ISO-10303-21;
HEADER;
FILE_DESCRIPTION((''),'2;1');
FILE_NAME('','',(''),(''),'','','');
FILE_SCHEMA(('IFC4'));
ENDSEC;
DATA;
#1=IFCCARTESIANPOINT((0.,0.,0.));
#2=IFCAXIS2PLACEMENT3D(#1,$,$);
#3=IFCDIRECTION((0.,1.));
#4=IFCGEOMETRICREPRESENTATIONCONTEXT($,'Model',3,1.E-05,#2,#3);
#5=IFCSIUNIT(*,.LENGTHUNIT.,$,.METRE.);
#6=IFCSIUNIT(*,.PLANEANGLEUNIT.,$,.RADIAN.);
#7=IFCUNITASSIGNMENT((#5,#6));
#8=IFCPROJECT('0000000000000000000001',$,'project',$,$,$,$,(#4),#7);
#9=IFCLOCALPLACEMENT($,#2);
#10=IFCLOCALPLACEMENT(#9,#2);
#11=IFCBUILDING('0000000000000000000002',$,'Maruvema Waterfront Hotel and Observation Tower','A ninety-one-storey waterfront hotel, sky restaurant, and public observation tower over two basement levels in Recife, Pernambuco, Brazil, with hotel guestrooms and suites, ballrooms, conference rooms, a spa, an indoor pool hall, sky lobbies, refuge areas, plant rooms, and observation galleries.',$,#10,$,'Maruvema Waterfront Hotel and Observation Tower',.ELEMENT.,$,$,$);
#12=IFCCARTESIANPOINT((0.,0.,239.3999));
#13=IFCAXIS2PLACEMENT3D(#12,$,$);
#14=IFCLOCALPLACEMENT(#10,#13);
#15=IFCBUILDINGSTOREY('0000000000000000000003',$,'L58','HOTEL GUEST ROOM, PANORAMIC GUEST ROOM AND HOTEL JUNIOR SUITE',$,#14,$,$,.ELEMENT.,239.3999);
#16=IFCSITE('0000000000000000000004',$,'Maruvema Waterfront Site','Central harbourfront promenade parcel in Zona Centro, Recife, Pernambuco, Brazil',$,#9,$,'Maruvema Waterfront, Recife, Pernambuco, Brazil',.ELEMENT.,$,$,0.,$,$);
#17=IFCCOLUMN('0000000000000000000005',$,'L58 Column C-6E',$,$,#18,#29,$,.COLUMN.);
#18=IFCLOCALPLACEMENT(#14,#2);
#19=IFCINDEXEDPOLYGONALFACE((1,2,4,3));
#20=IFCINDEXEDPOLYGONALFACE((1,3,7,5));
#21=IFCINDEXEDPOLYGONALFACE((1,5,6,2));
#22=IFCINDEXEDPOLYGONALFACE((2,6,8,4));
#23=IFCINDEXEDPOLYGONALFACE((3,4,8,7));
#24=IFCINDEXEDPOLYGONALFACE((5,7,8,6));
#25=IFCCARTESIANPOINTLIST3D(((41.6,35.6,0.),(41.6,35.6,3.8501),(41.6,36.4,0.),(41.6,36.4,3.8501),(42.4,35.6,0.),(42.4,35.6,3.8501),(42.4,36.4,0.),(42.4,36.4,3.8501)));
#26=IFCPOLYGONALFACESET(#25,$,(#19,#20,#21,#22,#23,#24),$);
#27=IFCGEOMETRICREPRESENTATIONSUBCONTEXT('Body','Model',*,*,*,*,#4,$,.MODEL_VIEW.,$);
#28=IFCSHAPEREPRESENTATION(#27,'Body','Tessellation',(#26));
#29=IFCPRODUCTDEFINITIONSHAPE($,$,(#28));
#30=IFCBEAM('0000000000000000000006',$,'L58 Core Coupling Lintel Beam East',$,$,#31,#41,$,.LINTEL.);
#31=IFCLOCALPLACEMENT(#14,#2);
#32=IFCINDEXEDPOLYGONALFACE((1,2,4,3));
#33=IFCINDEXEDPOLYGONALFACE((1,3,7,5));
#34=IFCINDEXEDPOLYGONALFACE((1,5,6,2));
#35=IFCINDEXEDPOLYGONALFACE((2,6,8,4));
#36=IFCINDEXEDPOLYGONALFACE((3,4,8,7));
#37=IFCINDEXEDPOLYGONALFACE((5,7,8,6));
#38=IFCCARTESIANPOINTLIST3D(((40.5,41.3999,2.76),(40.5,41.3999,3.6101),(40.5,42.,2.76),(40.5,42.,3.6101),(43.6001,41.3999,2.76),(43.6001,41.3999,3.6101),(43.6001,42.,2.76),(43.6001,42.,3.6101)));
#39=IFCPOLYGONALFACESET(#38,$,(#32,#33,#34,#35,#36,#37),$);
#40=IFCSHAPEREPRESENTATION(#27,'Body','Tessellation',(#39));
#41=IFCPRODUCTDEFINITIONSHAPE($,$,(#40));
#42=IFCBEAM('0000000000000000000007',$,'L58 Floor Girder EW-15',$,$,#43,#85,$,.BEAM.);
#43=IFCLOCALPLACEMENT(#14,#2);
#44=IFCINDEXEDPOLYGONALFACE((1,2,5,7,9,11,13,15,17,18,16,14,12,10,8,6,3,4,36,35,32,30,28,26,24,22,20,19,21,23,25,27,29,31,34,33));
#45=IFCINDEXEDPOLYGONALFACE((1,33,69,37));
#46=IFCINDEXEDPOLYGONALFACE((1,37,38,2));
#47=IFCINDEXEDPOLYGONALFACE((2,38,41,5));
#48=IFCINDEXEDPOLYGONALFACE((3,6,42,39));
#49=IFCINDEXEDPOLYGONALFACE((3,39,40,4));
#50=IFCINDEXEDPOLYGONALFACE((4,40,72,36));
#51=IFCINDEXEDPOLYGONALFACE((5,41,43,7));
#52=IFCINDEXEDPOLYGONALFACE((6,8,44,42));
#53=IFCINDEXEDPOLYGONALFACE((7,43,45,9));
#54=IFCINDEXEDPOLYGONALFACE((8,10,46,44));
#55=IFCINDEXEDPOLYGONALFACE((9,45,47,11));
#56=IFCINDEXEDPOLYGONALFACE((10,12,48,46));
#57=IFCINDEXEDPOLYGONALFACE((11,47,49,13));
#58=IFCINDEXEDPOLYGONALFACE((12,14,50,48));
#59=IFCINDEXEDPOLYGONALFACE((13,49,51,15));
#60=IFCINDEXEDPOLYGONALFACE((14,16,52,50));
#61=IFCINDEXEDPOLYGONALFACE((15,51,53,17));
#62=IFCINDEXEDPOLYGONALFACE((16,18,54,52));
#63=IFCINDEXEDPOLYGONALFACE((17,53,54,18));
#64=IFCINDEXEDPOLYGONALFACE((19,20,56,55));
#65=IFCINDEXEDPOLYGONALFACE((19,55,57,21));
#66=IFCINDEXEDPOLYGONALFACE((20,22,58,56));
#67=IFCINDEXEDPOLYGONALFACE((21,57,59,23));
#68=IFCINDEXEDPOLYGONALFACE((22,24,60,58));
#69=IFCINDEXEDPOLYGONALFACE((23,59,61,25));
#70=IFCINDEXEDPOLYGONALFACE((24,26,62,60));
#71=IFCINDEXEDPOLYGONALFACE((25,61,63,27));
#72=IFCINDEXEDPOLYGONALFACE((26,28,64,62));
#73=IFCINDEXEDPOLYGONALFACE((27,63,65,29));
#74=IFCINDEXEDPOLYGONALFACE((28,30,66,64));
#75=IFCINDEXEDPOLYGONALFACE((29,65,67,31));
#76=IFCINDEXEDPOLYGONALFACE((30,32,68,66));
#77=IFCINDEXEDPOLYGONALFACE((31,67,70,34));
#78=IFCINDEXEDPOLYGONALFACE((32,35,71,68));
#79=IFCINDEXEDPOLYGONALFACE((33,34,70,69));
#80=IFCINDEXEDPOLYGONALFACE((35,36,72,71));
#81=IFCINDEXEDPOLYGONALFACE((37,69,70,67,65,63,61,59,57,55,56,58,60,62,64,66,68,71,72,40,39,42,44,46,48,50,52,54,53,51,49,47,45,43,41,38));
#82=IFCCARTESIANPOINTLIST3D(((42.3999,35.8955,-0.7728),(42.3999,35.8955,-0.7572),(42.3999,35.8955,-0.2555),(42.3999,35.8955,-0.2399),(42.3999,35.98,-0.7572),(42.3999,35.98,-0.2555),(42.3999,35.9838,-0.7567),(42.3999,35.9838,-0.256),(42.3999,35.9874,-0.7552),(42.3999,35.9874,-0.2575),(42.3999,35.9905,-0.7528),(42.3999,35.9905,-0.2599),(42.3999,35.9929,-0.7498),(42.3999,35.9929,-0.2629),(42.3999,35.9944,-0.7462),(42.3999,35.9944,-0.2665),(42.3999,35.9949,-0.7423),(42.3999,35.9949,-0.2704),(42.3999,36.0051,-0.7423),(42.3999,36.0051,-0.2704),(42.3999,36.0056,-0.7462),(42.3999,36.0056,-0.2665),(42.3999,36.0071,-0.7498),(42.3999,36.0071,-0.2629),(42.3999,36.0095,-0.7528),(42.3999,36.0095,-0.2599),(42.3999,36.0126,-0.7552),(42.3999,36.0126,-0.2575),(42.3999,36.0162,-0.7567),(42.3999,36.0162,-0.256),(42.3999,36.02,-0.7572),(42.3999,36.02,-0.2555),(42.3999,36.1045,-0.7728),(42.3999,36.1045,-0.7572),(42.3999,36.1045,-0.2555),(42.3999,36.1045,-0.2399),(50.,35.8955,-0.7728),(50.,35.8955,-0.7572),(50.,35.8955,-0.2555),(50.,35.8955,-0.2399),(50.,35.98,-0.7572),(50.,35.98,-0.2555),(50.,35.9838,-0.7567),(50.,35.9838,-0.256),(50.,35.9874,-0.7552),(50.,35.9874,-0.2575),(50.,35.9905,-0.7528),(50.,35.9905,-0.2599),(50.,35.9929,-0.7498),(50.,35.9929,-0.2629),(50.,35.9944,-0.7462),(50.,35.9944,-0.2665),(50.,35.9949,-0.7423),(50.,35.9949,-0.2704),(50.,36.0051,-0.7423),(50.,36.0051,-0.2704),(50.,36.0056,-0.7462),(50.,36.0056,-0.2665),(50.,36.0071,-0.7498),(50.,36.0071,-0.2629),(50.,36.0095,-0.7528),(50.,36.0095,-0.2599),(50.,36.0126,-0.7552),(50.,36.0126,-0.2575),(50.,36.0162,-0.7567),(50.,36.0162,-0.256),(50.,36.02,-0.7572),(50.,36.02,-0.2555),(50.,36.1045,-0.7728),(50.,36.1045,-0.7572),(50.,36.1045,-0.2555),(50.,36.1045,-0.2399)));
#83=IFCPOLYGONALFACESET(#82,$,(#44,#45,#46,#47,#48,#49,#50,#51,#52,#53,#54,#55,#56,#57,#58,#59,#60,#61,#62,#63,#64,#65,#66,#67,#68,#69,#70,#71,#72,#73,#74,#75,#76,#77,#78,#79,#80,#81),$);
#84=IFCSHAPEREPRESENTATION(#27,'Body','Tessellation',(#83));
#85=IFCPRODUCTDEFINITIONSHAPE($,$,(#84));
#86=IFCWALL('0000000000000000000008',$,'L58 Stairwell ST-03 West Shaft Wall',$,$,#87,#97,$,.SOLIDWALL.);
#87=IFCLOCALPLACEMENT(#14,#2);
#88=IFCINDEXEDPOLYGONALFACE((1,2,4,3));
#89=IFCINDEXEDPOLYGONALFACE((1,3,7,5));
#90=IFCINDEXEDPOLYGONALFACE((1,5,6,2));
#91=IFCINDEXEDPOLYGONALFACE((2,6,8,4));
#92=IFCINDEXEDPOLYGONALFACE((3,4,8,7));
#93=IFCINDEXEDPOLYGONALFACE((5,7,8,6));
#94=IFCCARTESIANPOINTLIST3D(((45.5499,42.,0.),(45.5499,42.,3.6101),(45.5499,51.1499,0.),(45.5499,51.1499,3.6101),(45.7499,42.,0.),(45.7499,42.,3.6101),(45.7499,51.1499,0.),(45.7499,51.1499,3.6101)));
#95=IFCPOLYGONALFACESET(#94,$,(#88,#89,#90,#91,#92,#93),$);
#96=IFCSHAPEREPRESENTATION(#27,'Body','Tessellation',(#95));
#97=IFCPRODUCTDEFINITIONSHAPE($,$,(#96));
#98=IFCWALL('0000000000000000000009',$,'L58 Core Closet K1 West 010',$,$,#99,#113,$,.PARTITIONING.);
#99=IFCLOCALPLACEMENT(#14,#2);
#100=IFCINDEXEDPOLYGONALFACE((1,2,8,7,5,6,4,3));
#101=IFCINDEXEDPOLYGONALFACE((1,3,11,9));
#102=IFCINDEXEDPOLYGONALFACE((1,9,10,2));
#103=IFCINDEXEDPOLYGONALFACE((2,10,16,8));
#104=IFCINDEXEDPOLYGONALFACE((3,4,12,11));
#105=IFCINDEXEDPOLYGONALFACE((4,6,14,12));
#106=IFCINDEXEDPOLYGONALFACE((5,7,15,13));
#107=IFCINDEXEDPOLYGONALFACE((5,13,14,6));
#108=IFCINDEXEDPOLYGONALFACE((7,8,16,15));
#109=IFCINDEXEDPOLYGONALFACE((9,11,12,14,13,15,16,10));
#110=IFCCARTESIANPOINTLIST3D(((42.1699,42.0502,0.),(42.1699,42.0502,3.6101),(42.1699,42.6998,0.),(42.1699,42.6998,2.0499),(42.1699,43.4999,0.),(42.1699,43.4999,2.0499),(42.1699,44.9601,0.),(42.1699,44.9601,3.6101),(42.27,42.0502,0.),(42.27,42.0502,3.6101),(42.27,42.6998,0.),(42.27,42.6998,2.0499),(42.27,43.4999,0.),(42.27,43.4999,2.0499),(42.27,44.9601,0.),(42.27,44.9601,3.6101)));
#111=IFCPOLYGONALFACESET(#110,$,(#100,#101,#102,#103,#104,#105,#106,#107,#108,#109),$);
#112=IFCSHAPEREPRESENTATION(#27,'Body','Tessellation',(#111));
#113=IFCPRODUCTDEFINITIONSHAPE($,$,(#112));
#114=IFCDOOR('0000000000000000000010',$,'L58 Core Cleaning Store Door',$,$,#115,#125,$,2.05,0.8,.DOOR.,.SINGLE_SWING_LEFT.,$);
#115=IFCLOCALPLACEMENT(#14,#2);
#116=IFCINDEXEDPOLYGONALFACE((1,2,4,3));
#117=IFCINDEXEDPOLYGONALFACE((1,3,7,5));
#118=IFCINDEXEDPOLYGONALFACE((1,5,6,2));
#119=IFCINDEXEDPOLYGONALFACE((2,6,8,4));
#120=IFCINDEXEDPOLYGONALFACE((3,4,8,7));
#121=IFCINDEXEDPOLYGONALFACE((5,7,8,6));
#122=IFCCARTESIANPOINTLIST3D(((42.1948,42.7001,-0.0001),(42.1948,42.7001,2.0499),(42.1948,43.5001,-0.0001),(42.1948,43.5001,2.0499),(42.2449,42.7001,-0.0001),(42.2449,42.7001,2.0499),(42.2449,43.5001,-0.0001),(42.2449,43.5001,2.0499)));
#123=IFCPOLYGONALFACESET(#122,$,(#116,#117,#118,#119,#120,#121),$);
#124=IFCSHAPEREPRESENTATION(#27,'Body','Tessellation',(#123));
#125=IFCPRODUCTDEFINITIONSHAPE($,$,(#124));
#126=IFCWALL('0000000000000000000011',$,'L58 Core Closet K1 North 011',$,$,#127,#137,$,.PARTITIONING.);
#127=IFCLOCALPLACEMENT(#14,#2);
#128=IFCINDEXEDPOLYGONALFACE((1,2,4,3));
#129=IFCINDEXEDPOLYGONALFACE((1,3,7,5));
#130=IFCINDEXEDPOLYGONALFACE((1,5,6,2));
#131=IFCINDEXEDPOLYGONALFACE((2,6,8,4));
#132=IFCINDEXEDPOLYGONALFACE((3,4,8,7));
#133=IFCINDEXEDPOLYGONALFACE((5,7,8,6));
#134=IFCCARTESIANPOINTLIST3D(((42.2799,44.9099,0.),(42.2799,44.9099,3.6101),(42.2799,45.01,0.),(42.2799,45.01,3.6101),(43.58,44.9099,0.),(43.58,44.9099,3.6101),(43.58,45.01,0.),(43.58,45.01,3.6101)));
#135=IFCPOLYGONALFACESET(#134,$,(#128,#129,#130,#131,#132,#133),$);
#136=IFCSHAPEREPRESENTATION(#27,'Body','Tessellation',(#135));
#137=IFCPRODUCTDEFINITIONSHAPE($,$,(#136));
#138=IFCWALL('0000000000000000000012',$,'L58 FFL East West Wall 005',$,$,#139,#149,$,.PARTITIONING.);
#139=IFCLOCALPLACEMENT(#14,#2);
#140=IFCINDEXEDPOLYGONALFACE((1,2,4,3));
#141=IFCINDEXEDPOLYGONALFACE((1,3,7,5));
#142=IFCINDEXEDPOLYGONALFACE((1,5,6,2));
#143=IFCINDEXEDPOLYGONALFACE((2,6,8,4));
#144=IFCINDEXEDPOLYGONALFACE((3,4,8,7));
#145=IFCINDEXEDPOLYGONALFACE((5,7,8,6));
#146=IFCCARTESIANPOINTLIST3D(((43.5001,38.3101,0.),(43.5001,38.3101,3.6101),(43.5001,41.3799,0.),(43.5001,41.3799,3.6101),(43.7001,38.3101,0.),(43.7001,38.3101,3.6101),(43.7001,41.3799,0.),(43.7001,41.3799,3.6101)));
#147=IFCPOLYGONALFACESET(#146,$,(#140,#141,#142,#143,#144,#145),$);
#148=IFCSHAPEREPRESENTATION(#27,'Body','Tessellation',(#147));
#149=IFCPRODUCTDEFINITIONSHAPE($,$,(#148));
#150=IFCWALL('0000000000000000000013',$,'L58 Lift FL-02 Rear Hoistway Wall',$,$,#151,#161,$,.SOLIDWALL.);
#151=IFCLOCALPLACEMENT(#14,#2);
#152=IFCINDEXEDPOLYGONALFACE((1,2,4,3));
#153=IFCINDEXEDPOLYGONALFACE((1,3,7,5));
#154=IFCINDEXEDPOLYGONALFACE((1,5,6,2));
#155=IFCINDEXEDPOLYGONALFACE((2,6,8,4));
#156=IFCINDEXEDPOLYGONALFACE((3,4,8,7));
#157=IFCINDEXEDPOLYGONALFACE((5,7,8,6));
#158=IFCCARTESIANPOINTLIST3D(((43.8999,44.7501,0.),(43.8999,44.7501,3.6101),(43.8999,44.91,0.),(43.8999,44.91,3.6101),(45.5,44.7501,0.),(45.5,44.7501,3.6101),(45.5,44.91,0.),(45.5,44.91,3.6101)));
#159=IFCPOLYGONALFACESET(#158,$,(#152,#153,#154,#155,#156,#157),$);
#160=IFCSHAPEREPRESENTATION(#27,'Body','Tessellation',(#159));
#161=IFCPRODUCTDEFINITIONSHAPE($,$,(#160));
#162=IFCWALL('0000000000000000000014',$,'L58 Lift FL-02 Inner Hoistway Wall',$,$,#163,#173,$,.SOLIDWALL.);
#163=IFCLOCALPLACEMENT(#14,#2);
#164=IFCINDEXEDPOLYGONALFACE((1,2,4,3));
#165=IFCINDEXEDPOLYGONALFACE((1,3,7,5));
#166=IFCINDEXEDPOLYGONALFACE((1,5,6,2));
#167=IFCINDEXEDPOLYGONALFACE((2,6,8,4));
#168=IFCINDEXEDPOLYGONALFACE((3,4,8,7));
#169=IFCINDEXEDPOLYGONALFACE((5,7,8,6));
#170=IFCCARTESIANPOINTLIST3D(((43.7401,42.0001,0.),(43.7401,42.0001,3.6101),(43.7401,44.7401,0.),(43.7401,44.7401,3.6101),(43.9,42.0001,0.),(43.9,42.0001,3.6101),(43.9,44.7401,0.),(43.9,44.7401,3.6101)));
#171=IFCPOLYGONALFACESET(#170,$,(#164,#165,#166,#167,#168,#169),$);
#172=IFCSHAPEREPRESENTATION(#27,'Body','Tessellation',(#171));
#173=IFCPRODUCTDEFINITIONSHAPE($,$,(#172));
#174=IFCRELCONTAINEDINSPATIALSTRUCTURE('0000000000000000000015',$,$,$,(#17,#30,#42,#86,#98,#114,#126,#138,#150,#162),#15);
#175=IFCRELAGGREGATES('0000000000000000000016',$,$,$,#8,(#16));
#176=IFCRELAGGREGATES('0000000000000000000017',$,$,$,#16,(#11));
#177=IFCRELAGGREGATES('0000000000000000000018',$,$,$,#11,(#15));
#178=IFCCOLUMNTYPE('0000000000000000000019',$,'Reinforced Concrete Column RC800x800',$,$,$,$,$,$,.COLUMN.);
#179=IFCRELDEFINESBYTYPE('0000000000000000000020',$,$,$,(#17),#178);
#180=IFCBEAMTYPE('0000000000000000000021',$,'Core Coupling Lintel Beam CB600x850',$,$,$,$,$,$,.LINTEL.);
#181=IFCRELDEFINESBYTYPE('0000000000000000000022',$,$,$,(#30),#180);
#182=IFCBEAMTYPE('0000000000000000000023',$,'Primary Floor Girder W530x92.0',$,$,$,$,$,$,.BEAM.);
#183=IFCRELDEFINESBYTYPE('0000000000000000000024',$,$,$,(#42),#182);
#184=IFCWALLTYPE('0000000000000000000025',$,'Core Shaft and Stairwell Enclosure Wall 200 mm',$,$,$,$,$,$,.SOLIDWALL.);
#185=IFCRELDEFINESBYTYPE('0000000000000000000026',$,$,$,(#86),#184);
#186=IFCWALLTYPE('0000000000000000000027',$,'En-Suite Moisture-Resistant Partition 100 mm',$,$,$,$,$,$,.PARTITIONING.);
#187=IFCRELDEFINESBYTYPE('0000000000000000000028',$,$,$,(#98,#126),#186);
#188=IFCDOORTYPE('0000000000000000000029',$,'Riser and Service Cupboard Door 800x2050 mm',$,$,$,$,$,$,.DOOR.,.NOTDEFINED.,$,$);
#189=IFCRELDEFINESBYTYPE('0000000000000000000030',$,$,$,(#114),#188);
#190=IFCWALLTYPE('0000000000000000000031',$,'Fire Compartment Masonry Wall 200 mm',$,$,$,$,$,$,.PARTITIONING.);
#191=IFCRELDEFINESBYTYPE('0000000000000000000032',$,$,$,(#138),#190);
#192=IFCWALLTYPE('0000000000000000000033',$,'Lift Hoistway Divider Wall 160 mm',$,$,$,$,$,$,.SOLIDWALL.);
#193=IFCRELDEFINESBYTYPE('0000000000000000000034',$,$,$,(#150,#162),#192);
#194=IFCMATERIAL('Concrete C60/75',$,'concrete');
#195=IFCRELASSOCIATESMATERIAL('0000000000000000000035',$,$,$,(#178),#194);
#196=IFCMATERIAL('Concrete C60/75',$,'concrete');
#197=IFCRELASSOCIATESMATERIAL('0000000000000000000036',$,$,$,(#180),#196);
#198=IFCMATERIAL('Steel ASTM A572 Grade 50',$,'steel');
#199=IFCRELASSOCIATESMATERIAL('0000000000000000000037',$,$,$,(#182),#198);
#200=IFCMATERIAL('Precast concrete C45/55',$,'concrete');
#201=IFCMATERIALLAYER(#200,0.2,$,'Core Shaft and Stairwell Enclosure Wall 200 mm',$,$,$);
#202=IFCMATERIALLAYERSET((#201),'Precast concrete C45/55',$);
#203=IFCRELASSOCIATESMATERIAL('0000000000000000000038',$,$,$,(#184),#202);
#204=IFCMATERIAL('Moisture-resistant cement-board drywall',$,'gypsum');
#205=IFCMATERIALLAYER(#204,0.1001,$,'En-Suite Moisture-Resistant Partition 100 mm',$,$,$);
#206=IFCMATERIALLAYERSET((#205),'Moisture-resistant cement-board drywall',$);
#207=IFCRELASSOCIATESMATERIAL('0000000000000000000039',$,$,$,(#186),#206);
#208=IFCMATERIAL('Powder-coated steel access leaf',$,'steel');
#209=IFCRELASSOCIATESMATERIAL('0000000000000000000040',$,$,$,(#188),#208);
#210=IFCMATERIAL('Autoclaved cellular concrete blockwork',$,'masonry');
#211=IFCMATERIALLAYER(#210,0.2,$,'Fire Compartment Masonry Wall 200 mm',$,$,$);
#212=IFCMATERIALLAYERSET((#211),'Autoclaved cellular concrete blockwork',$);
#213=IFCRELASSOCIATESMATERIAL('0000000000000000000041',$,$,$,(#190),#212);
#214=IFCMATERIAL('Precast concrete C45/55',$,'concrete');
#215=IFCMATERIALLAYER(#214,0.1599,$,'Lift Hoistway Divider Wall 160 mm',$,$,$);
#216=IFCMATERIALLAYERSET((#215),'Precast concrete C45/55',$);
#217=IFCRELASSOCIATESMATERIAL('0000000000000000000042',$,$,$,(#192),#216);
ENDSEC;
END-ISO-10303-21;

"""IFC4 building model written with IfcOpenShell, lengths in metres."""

from ifc_helpers import new_model, si_unit, direction, frame, frame_2d, origin, origin_2d, place, context, subcontext, project, spatial, rectangle, i_section, extrude, material, layer, layer_set, material_profile, profile_set, type_object, element, fill, save


model = new_model("IFC4")

# Units and contexts
model_context = context("Model", 3, precision=1e-05, world=origin(), true_north=direction((0.0, 1.0)))
body_context = subcontext(model_context, "Body", "Model", "MODEL_VIEW")
ifc_project = project(units=[si_unit("LENGTHUNIT", "METRE"), si_unit("PLANEANGLEUNIT", "RADIAN")], contexts=[model_context])

# Site, building, storey
site_placement = place(None, origin())
site = spatial("IfcSite", under=ifc_project, at=site_placement, Name="Maruvema Waterfront Site", Description="Central harbourfront promenade parcel in Zona Centro, Recife, Pernambuco, Brazil", LongName="Maruvema Waterfront, Recife, Pernambuco, Brazil", CompositionType="ELEMENT", RefElevation=0.0)
building_placement = place(site_placement, origin())
building = spatial("IfcBuilding", under=site, at=building_placement, Name="Maruvema Waterfront Hotel and Observation Tower", Description="A ninety-one-storey waterfront hotel, sky restaurant, and public observation tower over two basement levels in Recife, Pernambuco, Brazil, with hotel guestrooms and suites, ballrooms, conference rooms, a spa, an indoor pool hall, sky lobbies, refuge areas, plant rooms, and observation galleries.", LongName="Maruvema Waterfront Hotel and Observation Tower", CompositionType="ELEMENT")
storey_placement = place(building_placement, frame((0.0, 0.0, 239.3999)))
storey = spatial("IfcBuildingStorey", under=building, at=storey_placement, Name="L58", Description="HOTEL GUEST ROOM, PANORAMIC GUEST ROOM AND HOTEL JUNIOR SUITE", CompositionType="ELEMENT", Elevation=239.3999)

# Column
ifc_material_1 = material(Name="Concrete C60/75", Category="concrete")
ifc_material_profile_1 = material_profile(ifc_material_1, rectangle(XDim=0.8, YDim=0.8, at=origin_2d()), Name="RC800x800")
ifc_profile_set_1 = profile_set([ifc_material_profile_1], Name="Concrete C60/75")
column_type = type_object("IfcColumnType", Name="Reinforced Concrete Column RC800x800", PredefinedType="COLUMN", material=ifc_profile_set_1)
column_placement = place(storey_placement, frame((42.0, 36.0, 0.0), z_axis=(0.0, 0.0, 1.0), x_axis=(1.0, 0.0, 0.0)))
element("IfcColumn", 1, at=column_placement, inside=storey, type_object=column_type, Name="L58 Column C-6E", PredefinedType="COLUMN", context=body_context, shape_type="SweptSolid", body=[
    extrude(rectangle(XDim=0.8, YDim=0.8, at=origin_2d()), origin(), (0.0, 0.0, 1.0), 3.8501),
])

# Beams
ifc_material_2 = material(Name="Concrete C60/75", Category="concrete")
ifc_material_profile_2 = material_profile(ifc_material_2, rectangle(XDim=0.6001, YDim=0.8501, at=origin_2d()), Name="CB600x850")
ifc_profile_set_2 = profile_set([ifc_material_profile_2], Name="Concrete C60/75")
beam_type_1 = type_object("IfcBeamType", Name="Core Coupling Lintel Beam CB600x850", PredefinedType="LINTEL", material=ifc_profile_set_2)
beam_1_placement = place(storey_placement, frame((40.5, 41.7, 3.1851), z_axis=(1.0, 0.0, 0.0), x_axis=(0.0, 1.0, 0.0)))
element("IfcBeam", 2, at=beam_1_placement, inside=storey, type_object=beam_type_1, Name="L58 Core Coupling Lintel Beam East", PredefinedType="LINTEL", context=body_context, shape_type="SweptSolid", body=[
    extrude(rectangle(XDim=0.6001, YDim=0.8501, at=origin_2d()), origin(), (0.0, 0.0, 1.0), 3.1001),
])
ifc_material_3 = material(Name="Steel ASTM A572 Grade 50", Category="steel")
ifc_material_profile_3 = material_profile(ifc_material_3, i_section(OverallWidth=0.209, OverallDepth=0.533, WebThickness=0.0103, FlangeThickness=0.0156, FilletRadius=0.0149, at=origin_2d()), Name="W530x92.0")
ifc_profile_set_3 = profile_set([ifc_material_profile_3], Name="Steel ASTM A572 Grade 50")
beam_type_2 = type_object("IfcBeamType", Name="Primary Floor Girder W530x92.0", PredefinedType="BEAM", material=ifc_profile_set_3)
beam_2_placement = place(storey_placement, frame((42.3999, 36.0, -0.5063), z_axis=(1.0, 0.0, 0.0), x_axis=(0.0, 1.0, 0.0)))
element("IfcBeam", 3, at=beam_2_placement, inside=storey, type_object=beam_type_2, Name="L58 Floor Girder EW-15", PredefinedType="BEAM", context=body_context, shape_type="SweptSolid", body=[
    extrude(i_section(OverallWidth=0.209, OverallDepth=0.533, WebThickness=0.0103, FlangeThickness=0.0156, FilletRadius=0.0149, at=origin_2d()), origin(), (0.0, 0.0, 1.0), 7.6001),
])

# Wall
ifc_material_4 = material(Name="Precast concrete C45/55", Category="concrete")
ifc_layer_1 = layer(ifc_material_4, 0.2, Name="Core Shaft and Stairwell Enclosure Wall 200 mm")
ifc_layer_set_1 = layer_set([ifc_layer_1], Name="Precast concrete C45/55")
wall_type_1 = type_object("IfcWallType", Name="Core Shaft and Stairwell Enclosure Wall 200 mm", PredefinedType="SOLIDWALL", material=ifc_layer_set_1)
wall_1_placement = place(storey_placement, frame((45.6499, 42.0, 0.0), z_axis=(0.0, 0.0, 1.0), x_axis=(0.0, 1.0, 0.0)))
element("IfcWall", 4, at=wall_1_placement, inside=storey, type_object=wall_type_1, Name="L58 Stairwell ST-03 West Shaft Wall", PredefinedType="SOLIDWALL", context=body_context, shape_type="SweptSolid", body=[
    extrude(rectangle(XDim=9.1499, YDim=0.2, at=frame_2d((4.575, 0.0))), origin(), (0.0, 0.0, 1.0), 3.6101),
])

# Wall, opening, door
ifc_material_5 = material(Name="Moisture-resistant cement-board drywall", Category="gypsum")
ifc_layer_2 = layer(ifc_material_5, 0.1001, Name="En-Suite Moisture-Resistant Partition 100 mm")
ifc_layer_set_2 = layer_set([ifc_layer_2], Name="Moisture-resistant cement-board drywall")
wall_type_2 = type_object("IfcWallType", Name="En-Suite Moisture-Resistant Partition 100 mm", PredefinedType="PARTITIONING", material=ifc_layer_set_2)
wall_2_placement = place(storey_placement, frame((42.22, 42.05, 0.0), z_axis=(0.0, 0.0, 1.0), x_axis=(0.0, 1.0, 0.0)))
wall_2 = element("IfcWall", 5, at=wall_2_placement, inside=storey, type_object=wall_type_2, Name="L58 Core Closet K1 West 010", PredefinedType="PARTITIONING", context=body_context, shape_type="SweptSolid", body=[
    extrude(rectangle(XDim=2.9099, YDim=0.1001, at=frame_2d((1.4551, 0.0))), origin(), (0.0, 0.0, 1.0), 3.6101),
])
opening_1_placement = place(wall_2_placement, frame((0.6499, 0.0, 0.0)))
opening_1 = element("IfcOpeningElement", 6, at=opening_1_placement, cuts=wall_2, PredefinedType="OPENING", context=body_context, shape_type="SweptSolid", body=[
    extrude(rectangle(XDim=0.8, YDim=2.05, at=frame_2d((0.3999, 1.0249))), frame((0.0, 0.0601, 0.0), z_axis=(0.0, -1.0, 0.0), x_axis=(1.0, 0.0, 0.0)), (0.0, 0.0, 1.0), 0.1201),
])
ifc_material_6 = material(Name="Powder-coated steel access leaf", Category="steel")
door_type_1 = type_object("IfcDoorType", Name="Riser and Service Cupboard Door 800x2050 mm", OperationType="NOTDEFINED", PredefinedType="DOOR", material=ifc_material_6)
door_1_placement = place(opening_1_placement, frame((0.8, 0.0, 0.0), z_axis=(0.0, 0.0, 1.0), x_axis=(-1.0, 0.0, 0.0)))
door_1 = element("IfcDoor", 7, at=door_1_placement, inside=storey, type_object=door_type_1, Name="L58 Core Cleaning Store Door", OperationType="SINGLE_SWING_LEFT", OverallHeight=2.05, OverallWidth=0.8, PredefinedType="DOOR", context=body_context, shape_type="SweptSolid", body=[
    extrude(rectangle(XDim=0.8, YDim=2.05, at=frame_2d((0.3999, 1.0249))), frame((0.0, 0.0249, 0.0), z_axis=(0.0, -1.0, 0.0), x_axis=(1.0, 0.0, 0.0)), (0.0, 0.0, 1.0), 0.05),
])
fill(opening_1, door_1)

# Wall
wall_3_placement = place(storey_placement, frame((42.28, 44.96, 0.0), z_axis=(0.0, 0.0, 1.0), x_axis=(1.0, 0.0, 0.0)))
element("IfcWall", 8, at=wall_3_placement, inside=storey, type_object=wall_type_2, Name="L58 Core Closet K1 North 011", PredefinedType="PARTITIONING", context=body_context, shape_type="SweptSolid", body=[
    extrude(rectangle(XDim=1.3, YDim=0.1001, at=frame_2d((0.6499, 0.0))), origin(), (0.0, 0.0, 1.0), 3.6101),
])

# Shared definitions
ifc_material_7 = material(Name="Autoclaved cellular concrete blockwork", Category="masonry")
ifc_layer_3 = layer(ifc_material_7, 0.2, Name="Fire Compartment Masonry Wall 200 mm")
ifc_layer_set_3 = layer_set([ifc_layer_3], Name="Autoclaved cellular concrete blockwork")
wall_type_3 = type_object("IfcWallType", Name="Fire Compartment Masonry Wall 200 mm", PredefinedType="PARTITIONING", material=ifc_layer_set_3)

# Walls
wall_4_placement = place(storey_placement, frame((43.6001, 38.3101, 0.0), z_axis=(0.0, 0.0, 1.0), x_axis=(0.0, 1.0, 0.0)))
element("IfcWall", 9, at=wall_4_placement, inside=storey, type_object=wall_type_3, Name="L58 FFL East West Wall 005", PredefinedType="PARTITIONING", context=body_context, shape_type="SweptSolid", body=[
    extrude(rectangle(XDim=3.0698, YDim=0.2, at=frame_2d((1.5349, 0.0))), origin(), (0.0, 0.0, 1.0), 3.6101),
])
ifc_material_8 = material(Name="Precast concrete C45/55", Category="concrete")
ifc_layer_4 = layer(ifc_material_8, 0.1599, Name="Lift Hoistway Divider Wall 160 mm")
ifc_layer_set_4 = layer_set([ifc_layer_4], Name="Precast concrete C45/55")
wall_type_4 = type_object("IfcWallType", Name="Lift Hoistway Divider Wall 160 mm", PredefinedType="SOLIDWALL", material=ifc_layer_set_4)
wall_5_placement = place(storey_placement, frame((43.8999, 44.8301, 0.0), z_axis=(0.0, 0.0, 1.0), x_axis=(1.0, 0.0, 0.0)))
element("IfcWall", 10, at=wall_5_placement, inside=storey, type_object=wall_type_4, Name="L58 Lift FL-02 Rear Hoistway Wall", PredefinedType="SOLIDWALL", context=body_context, shape_type="SweptSolid", body=[
    extrude(rectangle(XDim=1.6001, YDim=0.1599, at=frame_2d((0.8, 0.0))), origin(), (0.0, 0.0, 1.0), 3.6101),
])
wall_6_placement = place(storey_placement, frame((43.8201, 42.0, 0.0), z_axis=(0.0, 0.0, 1.0), x_axis=(0.0, 1.0, 0.0)))
element("IfcWall", 11, at=wall_6_placement, inside=storey, type_object=wall_type_4, Name="L58 Lift FL-02 Inner Hoistway Wall", PredefinedType="SOLIDWALL", context=body_context, shape_type="SweptSolid", body=[
    extrude(rectangle(XDim=2.74, YDim=0.1599, at=frame_2d((1.3701, 0.0))), origin(), (0.0, 0.0, 1.0), 3.6101),
])

save(model, "model.ifc")
